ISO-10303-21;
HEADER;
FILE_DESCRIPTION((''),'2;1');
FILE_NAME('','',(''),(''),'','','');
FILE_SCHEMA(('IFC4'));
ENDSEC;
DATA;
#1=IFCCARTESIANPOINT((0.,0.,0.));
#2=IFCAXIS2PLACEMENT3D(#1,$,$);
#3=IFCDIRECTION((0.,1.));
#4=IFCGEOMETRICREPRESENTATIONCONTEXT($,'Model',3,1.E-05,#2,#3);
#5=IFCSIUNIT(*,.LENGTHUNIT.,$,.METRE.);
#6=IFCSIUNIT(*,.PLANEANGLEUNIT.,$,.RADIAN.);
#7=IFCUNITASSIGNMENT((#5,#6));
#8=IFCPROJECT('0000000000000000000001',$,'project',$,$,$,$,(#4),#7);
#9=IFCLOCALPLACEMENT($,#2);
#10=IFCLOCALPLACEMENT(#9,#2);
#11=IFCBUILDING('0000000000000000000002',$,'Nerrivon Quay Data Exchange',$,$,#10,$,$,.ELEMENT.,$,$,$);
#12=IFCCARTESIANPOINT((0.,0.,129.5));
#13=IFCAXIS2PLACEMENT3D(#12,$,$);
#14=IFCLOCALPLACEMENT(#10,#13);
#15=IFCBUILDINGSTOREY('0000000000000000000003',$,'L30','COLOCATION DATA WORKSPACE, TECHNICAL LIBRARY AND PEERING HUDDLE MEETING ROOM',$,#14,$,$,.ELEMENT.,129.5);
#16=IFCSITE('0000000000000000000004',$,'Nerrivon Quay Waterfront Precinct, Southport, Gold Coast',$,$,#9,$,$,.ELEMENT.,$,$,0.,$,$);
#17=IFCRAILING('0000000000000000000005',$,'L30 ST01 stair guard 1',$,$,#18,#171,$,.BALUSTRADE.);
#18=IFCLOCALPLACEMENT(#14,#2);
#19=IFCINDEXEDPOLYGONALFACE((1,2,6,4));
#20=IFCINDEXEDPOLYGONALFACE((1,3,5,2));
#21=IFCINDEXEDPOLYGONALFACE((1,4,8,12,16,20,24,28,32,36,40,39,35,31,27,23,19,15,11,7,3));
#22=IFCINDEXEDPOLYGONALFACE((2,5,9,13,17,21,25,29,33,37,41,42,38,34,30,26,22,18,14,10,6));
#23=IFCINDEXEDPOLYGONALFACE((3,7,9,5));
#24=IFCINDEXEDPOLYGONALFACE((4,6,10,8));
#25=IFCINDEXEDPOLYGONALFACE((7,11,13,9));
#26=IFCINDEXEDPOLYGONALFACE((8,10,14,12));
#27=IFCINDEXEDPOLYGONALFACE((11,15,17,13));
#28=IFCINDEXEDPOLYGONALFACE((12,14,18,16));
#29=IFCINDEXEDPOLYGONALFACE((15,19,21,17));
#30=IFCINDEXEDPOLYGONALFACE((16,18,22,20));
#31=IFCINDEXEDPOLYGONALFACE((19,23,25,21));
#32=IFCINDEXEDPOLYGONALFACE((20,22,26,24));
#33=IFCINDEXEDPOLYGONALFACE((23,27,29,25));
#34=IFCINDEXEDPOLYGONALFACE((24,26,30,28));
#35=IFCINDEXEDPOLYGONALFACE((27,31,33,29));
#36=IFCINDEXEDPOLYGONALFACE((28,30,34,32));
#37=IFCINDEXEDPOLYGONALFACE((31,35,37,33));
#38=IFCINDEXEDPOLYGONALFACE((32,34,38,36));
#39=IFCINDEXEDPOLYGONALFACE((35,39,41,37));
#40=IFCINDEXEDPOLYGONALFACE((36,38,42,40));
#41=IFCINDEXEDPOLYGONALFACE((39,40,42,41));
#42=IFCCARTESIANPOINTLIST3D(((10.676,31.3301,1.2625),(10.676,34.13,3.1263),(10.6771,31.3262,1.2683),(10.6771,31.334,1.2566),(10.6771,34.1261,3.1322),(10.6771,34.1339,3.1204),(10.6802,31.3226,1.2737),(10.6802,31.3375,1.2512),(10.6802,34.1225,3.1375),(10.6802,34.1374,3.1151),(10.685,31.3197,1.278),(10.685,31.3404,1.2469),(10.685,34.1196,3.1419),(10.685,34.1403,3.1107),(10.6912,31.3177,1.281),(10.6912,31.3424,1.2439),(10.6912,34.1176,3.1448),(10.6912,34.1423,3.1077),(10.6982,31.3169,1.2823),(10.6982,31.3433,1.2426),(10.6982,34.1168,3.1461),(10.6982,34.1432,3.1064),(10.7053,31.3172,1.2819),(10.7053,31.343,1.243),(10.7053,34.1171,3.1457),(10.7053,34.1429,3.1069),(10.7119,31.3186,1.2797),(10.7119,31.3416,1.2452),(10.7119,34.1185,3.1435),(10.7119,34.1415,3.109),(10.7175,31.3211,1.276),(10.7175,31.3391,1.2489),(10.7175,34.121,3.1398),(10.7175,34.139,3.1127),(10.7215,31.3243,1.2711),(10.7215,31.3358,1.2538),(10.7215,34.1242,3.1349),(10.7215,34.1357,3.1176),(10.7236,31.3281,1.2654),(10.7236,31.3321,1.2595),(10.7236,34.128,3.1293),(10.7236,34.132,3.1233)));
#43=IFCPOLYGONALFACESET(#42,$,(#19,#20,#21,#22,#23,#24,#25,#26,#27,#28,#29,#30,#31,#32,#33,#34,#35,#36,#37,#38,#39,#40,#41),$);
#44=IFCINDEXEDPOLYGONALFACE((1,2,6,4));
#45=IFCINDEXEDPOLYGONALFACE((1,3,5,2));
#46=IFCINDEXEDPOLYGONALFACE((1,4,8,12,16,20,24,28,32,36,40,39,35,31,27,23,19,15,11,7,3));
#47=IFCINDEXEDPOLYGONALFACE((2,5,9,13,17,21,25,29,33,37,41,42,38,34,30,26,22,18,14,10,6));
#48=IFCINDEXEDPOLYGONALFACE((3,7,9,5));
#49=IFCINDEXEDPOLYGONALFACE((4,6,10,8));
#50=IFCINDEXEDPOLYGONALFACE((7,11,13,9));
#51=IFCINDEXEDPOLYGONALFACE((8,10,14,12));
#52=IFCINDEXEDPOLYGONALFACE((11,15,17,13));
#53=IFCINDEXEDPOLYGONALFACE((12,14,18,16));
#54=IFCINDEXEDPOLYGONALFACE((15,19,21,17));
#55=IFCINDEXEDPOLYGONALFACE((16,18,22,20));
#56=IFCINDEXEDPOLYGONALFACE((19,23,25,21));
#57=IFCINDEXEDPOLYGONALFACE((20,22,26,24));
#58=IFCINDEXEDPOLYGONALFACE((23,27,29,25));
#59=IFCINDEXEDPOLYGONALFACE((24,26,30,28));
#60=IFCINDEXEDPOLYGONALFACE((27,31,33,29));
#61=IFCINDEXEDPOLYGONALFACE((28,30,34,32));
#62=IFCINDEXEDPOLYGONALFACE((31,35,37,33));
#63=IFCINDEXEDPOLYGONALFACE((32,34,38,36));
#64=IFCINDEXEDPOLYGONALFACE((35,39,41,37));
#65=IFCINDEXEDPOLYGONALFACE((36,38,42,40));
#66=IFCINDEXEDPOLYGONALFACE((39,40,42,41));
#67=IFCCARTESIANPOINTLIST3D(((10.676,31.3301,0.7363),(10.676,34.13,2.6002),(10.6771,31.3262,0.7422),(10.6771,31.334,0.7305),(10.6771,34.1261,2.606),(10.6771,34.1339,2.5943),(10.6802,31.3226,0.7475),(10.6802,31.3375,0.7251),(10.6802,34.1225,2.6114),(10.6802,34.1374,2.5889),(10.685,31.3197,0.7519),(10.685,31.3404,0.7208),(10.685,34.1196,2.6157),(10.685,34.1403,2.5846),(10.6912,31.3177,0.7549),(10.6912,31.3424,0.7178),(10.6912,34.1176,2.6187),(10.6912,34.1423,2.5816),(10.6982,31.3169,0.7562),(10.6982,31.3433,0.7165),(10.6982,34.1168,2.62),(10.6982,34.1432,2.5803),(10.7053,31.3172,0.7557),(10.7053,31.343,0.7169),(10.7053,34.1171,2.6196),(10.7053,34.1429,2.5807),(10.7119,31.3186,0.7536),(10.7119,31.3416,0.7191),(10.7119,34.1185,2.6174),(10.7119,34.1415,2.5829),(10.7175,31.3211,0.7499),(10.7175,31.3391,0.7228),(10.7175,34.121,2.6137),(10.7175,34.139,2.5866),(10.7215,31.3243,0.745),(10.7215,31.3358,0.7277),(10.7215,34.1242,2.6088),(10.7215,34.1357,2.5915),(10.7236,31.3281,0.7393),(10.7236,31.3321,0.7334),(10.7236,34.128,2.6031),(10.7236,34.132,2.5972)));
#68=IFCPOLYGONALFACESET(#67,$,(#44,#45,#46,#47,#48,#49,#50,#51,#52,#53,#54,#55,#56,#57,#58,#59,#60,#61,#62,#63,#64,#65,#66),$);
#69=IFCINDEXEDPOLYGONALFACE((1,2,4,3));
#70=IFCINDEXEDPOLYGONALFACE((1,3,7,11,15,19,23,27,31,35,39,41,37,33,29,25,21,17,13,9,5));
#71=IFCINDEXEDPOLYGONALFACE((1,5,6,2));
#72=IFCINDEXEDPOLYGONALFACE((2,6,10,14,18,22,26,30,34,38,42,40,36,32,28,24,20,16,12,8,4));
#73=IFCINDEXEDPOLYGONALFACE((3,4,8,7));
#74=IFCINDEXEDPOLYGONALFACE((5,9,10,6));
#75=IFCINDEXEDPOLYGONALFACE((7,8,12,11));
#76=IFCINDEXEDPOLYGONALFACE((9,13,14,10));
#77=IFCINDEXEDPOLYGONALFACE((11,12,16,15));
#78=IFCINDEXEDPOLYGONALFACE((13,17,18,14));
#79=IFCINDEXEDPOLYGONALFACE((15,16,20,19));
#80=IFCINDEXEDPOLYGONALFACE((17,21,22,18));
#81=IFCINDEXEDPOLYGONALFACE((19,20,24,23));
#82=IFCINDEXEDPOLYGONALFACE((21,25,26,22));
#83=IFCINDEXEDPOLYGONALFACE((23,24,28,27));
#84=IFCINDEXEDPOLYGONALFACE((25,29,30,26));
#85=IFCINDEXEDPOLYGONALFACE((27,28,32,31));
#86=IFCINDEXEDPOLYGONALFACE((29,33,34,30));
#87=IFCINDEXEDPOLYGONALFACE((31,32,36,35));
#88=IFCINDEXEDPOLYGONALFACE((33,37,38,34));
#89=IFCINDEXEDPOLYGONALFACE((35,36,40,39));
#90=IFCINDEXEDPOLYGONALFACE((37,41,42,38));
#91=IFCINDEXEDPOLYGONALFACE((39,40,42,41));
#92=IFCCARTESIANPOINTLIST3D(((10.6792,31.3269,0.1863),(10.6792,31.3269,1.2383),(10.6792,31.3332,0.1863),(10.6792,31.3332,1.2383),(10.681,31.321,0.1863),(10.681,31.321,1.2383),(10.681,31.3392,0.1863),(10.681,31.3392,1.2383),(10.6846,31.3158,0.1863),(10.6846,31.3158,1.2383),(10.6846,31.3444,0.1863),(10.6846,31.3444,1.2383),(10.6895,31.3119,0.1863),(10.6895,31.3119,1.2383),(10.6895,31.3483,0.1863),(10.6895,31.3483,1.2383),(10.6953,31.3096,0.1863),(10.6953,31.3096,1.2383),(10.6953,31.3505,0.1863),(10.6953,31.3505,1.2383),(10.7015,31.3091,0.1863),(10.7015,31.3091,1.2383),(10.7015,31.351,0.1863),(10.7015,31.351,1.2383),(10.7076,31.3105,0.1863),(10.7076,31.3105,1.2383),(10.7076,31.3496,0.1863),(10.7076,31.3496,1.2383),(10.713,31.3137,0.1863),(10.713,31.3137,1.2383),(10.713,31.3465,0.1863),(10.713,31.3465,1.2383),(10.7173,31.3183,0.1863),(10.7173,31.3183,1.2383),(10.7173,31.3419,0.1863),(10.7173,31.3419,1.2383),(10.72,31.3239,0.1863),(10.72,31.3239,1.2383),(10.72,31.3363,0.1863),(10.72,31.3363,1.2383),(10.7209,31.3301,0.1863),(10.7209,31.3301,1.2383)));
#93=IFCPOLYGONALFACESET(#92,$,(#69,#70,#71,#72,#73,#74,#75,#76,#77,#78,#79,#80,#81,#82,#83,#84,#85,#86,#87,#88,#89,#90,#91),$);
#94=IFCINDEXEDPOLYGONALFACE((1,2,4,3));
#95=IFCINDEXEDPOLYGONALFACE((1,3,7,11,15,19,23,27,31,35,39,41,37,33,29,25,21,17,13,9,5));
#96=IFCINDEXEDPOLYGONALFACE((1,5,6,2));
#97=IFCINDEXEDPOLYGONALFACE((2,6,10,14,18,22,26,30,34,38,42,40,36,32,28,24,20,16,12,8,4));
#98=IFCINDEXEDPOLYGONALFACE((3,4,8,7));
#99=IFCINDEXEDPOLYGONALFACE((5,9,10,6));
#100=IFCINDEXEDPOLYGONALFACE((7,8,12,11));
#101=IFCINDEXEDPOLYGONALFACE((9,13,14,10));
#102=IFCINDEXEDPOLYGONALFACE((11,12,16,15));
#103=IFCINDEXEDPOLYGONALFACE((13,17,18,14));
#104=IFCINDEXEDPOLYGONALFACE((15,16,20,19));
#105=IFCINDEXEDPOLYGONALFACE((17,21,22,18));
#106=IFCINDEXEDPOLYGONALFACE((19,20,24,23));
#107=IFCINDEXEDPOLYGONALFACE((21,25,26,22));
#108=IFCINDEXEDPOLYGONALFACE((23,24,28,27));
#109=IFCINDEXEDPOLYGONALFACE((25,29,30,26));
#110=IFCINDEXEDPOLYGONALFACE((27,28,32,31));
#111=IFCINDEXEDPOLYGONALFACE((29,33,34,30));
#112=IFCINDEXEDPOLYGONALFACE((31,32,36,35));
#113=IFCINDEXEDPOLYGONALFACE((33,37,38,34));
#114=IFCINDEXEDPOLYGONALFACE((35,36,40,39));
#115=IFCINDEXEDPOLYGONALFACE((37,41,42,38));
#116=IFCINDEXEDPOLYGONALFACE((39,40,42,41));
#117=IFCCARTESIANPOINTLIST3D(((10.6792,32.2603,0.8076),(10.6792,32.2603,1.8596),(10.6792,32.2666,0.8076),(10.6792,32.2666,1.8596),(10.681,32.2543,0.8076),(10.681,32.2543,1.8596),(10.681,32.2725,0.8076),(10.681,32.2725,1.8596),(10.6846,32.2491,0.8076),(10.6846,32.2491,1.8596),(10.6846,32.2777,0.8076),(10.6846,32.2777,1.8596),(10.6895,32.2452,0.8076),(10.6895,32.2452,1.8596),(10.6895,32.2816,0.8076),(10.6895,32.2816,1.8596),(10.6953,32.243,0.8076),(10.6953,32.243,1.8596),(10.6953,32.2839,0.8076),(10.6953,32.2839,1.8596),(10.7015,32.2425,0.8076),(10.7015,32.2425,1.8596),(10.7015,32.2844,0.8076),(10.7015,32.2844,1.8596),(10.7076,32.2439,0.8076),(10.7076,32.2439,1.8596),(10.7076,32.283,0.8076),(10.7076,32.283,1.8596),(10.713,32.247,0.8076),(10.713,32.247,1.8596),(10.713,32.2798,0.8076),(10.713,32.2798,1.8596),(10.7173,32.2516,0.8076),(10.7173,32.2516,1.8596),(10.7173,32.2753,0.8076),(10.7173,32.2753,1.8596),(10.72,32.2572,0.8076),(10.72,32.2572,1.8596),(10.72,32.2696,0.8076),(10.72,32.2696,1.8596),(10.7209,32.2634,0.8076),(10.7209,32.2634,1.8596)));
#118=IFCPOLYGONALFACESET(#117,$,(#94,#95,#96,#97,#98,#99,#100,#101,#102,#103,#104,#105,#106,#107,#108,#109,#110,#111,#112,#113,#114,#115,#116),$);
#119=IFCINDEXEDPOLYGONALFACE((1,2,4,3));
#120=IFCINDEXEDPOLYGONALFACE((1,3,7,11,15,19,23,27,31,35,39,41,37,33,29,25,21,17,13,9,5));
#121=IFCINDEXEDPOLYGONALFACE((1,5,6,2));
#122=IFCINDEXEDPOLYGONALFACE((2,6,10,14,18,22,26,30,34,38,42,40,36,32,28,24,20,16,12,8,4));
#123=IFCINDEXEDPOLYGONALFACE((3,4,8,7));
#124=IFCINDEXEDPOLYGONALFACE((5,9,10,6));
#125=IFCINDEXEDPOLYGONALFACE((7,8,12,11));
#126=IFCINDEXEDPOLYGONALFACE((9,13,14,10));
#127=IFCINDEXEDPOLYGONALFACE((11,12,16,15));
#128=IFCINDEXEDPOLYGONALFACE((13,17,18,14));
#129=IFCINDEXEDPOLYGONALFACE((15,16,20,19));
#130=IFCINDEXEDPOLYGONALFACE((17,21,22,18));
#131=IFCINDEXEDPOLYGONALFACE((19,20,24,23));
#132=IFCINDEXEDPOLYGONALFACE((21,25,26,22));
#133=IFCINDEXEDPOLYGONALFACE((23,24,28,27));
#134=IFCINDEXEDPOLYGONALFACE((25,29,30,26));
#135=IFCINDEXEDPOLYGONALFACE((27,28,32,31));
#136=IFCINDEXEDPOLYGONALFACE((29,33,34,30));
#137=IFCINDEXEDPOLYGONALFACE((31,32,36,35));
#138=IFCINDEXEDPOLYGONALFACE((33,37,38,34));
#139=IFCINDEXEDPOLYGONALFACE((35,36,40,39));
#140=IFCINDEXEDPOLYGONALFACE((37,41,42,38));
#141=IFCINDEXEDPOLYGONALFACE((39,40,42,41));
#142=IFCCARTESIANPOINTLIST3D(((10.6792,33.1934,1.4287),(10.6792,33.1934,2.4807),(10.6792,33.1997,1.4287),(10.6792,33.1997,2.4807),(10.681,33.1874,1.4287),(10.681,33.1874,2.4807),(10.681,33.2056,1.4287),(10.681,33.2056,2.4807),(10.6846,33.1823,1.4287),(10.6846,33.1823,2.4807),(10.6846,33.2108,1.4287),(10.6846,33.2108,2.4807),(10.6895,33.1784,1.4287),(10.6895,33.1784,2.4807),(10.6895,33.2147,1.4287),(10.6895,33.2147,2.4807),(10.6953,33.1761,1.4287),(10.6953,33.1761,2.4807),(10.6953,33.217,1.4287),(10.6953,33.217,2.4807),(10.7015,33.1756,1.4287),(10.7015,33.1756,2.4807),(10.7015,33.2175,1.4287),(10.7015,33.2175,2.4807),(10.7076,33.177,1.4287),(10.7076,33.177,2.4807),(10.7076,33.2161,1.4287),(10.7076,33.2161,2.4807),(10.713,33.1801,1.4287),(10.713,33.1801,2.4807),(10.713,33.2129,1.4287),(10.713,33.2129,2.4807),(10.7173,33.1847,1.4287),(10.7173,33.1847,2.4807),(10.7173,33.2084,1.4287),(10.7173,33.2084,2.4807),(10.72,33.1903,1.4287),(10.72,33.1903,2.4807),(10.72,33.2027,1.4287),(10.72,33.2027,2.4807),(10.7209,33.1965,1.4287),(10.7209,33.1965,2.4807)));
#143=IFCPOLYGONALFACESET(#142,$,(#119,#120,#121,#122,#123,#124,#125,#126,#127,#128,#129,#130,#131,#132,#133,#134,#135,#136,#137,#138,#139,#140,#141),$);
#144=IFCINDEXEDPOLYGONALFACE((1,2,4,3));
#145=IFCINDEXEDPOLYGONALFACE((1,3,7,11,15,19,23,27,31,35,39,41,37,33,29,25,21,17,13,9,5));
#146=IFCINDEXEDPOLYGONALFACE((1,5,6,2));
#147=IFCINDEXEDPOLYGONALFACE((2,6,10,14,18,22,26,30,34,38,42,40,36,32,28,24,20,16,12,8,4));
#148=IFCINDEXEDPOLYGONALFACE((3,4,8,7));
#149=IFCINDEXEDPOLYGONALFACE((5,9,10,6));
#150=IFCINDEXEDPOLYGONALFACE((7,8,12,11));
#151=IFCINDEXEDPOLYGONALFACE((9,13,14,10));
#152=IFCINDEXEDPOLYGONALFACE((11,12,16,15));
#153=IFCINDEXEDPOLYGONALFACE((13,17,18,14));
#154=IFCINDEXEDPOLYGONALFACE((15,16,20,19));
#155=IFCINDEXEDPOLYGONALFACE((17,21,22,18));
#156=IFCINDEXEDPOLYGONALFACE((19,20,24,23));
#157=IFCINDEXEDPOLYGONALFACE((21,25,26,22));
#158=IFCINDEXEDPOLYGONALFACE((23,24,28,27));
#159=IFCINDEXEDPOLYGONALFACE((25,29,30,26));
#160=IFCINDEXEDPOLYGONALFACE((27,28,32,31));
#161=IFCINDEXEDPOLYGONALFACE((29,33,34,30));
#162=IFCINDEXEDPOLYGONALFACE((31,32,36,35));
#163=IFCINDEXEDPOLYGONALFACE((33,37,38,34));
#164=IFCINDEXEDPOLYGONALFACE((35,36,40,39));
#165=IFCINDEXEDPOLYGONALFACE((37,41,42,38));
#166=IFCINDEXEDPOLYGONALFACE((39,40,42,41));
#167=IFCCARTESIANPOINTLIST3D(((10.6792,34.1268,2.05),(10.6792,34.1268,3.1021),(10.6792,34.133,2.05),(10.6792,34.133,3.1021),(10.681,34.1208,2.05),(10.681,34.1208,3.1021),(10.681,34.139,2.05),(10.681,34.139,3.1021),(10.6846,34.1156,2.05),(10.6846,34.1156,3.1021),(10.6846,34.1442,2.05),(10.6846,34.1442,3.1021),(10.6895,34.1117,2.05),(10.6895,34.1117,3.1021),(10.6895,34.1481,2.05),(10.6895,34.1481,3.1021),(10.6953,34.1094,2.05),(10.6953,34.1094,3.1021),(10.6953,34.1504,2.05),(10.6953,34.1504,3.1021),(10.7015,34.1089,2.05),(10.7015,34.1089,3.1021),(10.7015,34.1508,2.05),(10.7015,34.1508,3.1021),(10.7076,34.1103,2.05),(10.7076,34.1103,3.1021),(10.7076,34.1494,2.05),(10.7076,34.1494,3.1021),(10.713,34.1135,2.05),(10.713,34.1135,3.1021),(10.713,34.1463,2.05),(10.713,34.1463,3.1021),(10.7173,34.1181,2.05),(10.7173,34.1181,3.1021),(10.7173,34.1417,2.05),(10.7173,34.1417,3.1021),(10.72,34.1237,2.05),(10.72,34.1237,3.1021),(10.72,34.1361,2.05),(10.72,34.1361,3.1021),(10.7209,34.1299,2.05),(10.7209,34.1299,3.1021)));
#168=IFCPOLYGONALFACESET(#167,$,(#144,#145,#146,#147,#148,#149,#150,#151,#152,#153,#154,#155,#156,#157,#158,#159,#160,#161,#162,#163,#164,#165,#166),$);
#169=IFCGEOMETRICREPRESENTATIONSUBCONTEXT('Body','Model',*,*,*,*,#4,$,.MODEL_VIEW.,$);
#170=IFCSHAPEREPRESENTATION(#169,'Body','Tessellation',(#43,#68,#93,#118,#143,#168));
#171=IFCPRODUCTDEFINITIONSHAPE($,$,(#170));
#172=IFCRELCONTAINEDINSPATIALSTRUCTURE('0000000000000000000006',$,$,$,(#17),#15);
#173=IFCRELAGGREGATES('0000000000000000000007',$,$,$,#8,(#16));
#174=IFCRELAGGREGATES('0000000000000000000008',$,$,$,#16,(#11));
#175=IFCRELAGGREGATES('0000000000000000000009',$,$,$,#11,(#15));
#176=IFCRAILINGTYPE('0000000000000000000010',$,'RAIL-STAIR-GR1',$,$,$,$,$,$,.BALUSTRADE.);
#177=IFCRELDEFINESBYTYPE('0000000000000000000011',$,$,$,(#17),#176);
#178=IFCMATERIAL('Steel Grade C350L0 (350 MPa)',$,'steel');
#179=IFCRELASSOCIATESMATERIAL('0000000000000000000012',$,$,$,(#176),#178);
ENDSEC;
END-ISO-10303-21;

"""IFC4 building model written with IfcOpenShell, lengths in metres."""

from ifc_helpers import new_model, si_unit, direction, frame, origin, origin_2d, place, context, subcontext, project, spatial, circle, extrude, material, type_object, element, save


model = new_model("IFC4")

# Units and contexts
model_context = context("Model", 3, precision=1e-05, world=origin(), true_north=direction((0.0, 1.0)))
body_context = subcontext(model_context, "Body", "Model", "MODEL_VIEW")
ifc_project = project(units=[si_unit("LENGTHUNIT", "METRE"), si_unit("PLANEANGLEUNIT", "RADIAN")], contexts=[model_context])

# Site, building, storey
site_placement = place(None, origin())
site = spatial("IfcSite", under=ifc_project, at=site_placement, Name="Nerrivon Quay Waterfront Precinct, Southport, Gold Coast", CompositionType="ELEMENT", RefElevation=0.0)
building_placement = place(site_placement, origin())
building = spatial("IfcBuilding", under=site, at=building_placement, Name="Nerrivon Quay Data Exchange", CompositionType="ELEMENT")
storey_placement = place(building_placement, frame((0.0, 0.0, 129.5)))
storey = spatial("IfcBuildingStorey", under=building, at=storey_placement, Name="L30", Description="COLOCATION DATA WORKSPACE, TECHNICAL LIBRARY AND PEERING HUDDLE MEETING ROOM", CompositionType="ELEMENT", Elevation=129.5)

# Railing
ifc_material_1 = material(Name="Steel Grade C350L0 (350 MPa)", Category="steel")
railing_type_1 = type_object("IfcRailingType", Name="RAIL-STAIR-GR1", PredefinedType="BALUSTRADE", material=ifc_material_1)
railing_1_placement = place(storey_placement, frame((10.7, 31.3301, 0.1863)))
element("IfcRailing", 1, at=railing_1_placement, inside=storey, type_object=railing_type_1, Name="L30 ST01 stair guard 1", PredefinedType="BALUSTRADE", context=body_context, shape_type="SweptSolid", body=[
    extrude(circle(Radius=0.0239, at=origin_2d()), frame((0.0, 0.0, 1.0762), z_axis=(0.0, 0.83243, 0.554131), x_axis=(-1.0, 0.0, 0.0)), (0.0, 0.0, 1.0), 3.3635),
    extrude(circle(Radius=0.0239, at=origin_2d()), frame((0.0, 0.0, 0.55), z_axis=(0.0, 0.83243, 0.554131), x_axis=(-1.0, 0.0, 0.0)), (0.0, 0.0, 1.0), 3.3635),
    extrude(circle(Radius=0.021, at=origin_2d()), origin(), (0.0, 0.0, 1.0), 1.052),
    extrude(circle(Radius=0.021, at=origin_2d()), frame((0.0, 0.9333, 0.6213)), (0.0, 0.0, 1.0), 1.052),
    extrude(circle(Radius=0.021, at=origin_2d()), frame((0.0, 1.8665, 1.2424)), (0.0, 0.0, 1.0), 1.052),
    extrude(circle(Radius=0.021, at=origin_2d()), frame((0.0, 2.7998, 1.8638)), (0.0, 0.0, 1.0), 1.052),
])

save(model, "model.ifc")
